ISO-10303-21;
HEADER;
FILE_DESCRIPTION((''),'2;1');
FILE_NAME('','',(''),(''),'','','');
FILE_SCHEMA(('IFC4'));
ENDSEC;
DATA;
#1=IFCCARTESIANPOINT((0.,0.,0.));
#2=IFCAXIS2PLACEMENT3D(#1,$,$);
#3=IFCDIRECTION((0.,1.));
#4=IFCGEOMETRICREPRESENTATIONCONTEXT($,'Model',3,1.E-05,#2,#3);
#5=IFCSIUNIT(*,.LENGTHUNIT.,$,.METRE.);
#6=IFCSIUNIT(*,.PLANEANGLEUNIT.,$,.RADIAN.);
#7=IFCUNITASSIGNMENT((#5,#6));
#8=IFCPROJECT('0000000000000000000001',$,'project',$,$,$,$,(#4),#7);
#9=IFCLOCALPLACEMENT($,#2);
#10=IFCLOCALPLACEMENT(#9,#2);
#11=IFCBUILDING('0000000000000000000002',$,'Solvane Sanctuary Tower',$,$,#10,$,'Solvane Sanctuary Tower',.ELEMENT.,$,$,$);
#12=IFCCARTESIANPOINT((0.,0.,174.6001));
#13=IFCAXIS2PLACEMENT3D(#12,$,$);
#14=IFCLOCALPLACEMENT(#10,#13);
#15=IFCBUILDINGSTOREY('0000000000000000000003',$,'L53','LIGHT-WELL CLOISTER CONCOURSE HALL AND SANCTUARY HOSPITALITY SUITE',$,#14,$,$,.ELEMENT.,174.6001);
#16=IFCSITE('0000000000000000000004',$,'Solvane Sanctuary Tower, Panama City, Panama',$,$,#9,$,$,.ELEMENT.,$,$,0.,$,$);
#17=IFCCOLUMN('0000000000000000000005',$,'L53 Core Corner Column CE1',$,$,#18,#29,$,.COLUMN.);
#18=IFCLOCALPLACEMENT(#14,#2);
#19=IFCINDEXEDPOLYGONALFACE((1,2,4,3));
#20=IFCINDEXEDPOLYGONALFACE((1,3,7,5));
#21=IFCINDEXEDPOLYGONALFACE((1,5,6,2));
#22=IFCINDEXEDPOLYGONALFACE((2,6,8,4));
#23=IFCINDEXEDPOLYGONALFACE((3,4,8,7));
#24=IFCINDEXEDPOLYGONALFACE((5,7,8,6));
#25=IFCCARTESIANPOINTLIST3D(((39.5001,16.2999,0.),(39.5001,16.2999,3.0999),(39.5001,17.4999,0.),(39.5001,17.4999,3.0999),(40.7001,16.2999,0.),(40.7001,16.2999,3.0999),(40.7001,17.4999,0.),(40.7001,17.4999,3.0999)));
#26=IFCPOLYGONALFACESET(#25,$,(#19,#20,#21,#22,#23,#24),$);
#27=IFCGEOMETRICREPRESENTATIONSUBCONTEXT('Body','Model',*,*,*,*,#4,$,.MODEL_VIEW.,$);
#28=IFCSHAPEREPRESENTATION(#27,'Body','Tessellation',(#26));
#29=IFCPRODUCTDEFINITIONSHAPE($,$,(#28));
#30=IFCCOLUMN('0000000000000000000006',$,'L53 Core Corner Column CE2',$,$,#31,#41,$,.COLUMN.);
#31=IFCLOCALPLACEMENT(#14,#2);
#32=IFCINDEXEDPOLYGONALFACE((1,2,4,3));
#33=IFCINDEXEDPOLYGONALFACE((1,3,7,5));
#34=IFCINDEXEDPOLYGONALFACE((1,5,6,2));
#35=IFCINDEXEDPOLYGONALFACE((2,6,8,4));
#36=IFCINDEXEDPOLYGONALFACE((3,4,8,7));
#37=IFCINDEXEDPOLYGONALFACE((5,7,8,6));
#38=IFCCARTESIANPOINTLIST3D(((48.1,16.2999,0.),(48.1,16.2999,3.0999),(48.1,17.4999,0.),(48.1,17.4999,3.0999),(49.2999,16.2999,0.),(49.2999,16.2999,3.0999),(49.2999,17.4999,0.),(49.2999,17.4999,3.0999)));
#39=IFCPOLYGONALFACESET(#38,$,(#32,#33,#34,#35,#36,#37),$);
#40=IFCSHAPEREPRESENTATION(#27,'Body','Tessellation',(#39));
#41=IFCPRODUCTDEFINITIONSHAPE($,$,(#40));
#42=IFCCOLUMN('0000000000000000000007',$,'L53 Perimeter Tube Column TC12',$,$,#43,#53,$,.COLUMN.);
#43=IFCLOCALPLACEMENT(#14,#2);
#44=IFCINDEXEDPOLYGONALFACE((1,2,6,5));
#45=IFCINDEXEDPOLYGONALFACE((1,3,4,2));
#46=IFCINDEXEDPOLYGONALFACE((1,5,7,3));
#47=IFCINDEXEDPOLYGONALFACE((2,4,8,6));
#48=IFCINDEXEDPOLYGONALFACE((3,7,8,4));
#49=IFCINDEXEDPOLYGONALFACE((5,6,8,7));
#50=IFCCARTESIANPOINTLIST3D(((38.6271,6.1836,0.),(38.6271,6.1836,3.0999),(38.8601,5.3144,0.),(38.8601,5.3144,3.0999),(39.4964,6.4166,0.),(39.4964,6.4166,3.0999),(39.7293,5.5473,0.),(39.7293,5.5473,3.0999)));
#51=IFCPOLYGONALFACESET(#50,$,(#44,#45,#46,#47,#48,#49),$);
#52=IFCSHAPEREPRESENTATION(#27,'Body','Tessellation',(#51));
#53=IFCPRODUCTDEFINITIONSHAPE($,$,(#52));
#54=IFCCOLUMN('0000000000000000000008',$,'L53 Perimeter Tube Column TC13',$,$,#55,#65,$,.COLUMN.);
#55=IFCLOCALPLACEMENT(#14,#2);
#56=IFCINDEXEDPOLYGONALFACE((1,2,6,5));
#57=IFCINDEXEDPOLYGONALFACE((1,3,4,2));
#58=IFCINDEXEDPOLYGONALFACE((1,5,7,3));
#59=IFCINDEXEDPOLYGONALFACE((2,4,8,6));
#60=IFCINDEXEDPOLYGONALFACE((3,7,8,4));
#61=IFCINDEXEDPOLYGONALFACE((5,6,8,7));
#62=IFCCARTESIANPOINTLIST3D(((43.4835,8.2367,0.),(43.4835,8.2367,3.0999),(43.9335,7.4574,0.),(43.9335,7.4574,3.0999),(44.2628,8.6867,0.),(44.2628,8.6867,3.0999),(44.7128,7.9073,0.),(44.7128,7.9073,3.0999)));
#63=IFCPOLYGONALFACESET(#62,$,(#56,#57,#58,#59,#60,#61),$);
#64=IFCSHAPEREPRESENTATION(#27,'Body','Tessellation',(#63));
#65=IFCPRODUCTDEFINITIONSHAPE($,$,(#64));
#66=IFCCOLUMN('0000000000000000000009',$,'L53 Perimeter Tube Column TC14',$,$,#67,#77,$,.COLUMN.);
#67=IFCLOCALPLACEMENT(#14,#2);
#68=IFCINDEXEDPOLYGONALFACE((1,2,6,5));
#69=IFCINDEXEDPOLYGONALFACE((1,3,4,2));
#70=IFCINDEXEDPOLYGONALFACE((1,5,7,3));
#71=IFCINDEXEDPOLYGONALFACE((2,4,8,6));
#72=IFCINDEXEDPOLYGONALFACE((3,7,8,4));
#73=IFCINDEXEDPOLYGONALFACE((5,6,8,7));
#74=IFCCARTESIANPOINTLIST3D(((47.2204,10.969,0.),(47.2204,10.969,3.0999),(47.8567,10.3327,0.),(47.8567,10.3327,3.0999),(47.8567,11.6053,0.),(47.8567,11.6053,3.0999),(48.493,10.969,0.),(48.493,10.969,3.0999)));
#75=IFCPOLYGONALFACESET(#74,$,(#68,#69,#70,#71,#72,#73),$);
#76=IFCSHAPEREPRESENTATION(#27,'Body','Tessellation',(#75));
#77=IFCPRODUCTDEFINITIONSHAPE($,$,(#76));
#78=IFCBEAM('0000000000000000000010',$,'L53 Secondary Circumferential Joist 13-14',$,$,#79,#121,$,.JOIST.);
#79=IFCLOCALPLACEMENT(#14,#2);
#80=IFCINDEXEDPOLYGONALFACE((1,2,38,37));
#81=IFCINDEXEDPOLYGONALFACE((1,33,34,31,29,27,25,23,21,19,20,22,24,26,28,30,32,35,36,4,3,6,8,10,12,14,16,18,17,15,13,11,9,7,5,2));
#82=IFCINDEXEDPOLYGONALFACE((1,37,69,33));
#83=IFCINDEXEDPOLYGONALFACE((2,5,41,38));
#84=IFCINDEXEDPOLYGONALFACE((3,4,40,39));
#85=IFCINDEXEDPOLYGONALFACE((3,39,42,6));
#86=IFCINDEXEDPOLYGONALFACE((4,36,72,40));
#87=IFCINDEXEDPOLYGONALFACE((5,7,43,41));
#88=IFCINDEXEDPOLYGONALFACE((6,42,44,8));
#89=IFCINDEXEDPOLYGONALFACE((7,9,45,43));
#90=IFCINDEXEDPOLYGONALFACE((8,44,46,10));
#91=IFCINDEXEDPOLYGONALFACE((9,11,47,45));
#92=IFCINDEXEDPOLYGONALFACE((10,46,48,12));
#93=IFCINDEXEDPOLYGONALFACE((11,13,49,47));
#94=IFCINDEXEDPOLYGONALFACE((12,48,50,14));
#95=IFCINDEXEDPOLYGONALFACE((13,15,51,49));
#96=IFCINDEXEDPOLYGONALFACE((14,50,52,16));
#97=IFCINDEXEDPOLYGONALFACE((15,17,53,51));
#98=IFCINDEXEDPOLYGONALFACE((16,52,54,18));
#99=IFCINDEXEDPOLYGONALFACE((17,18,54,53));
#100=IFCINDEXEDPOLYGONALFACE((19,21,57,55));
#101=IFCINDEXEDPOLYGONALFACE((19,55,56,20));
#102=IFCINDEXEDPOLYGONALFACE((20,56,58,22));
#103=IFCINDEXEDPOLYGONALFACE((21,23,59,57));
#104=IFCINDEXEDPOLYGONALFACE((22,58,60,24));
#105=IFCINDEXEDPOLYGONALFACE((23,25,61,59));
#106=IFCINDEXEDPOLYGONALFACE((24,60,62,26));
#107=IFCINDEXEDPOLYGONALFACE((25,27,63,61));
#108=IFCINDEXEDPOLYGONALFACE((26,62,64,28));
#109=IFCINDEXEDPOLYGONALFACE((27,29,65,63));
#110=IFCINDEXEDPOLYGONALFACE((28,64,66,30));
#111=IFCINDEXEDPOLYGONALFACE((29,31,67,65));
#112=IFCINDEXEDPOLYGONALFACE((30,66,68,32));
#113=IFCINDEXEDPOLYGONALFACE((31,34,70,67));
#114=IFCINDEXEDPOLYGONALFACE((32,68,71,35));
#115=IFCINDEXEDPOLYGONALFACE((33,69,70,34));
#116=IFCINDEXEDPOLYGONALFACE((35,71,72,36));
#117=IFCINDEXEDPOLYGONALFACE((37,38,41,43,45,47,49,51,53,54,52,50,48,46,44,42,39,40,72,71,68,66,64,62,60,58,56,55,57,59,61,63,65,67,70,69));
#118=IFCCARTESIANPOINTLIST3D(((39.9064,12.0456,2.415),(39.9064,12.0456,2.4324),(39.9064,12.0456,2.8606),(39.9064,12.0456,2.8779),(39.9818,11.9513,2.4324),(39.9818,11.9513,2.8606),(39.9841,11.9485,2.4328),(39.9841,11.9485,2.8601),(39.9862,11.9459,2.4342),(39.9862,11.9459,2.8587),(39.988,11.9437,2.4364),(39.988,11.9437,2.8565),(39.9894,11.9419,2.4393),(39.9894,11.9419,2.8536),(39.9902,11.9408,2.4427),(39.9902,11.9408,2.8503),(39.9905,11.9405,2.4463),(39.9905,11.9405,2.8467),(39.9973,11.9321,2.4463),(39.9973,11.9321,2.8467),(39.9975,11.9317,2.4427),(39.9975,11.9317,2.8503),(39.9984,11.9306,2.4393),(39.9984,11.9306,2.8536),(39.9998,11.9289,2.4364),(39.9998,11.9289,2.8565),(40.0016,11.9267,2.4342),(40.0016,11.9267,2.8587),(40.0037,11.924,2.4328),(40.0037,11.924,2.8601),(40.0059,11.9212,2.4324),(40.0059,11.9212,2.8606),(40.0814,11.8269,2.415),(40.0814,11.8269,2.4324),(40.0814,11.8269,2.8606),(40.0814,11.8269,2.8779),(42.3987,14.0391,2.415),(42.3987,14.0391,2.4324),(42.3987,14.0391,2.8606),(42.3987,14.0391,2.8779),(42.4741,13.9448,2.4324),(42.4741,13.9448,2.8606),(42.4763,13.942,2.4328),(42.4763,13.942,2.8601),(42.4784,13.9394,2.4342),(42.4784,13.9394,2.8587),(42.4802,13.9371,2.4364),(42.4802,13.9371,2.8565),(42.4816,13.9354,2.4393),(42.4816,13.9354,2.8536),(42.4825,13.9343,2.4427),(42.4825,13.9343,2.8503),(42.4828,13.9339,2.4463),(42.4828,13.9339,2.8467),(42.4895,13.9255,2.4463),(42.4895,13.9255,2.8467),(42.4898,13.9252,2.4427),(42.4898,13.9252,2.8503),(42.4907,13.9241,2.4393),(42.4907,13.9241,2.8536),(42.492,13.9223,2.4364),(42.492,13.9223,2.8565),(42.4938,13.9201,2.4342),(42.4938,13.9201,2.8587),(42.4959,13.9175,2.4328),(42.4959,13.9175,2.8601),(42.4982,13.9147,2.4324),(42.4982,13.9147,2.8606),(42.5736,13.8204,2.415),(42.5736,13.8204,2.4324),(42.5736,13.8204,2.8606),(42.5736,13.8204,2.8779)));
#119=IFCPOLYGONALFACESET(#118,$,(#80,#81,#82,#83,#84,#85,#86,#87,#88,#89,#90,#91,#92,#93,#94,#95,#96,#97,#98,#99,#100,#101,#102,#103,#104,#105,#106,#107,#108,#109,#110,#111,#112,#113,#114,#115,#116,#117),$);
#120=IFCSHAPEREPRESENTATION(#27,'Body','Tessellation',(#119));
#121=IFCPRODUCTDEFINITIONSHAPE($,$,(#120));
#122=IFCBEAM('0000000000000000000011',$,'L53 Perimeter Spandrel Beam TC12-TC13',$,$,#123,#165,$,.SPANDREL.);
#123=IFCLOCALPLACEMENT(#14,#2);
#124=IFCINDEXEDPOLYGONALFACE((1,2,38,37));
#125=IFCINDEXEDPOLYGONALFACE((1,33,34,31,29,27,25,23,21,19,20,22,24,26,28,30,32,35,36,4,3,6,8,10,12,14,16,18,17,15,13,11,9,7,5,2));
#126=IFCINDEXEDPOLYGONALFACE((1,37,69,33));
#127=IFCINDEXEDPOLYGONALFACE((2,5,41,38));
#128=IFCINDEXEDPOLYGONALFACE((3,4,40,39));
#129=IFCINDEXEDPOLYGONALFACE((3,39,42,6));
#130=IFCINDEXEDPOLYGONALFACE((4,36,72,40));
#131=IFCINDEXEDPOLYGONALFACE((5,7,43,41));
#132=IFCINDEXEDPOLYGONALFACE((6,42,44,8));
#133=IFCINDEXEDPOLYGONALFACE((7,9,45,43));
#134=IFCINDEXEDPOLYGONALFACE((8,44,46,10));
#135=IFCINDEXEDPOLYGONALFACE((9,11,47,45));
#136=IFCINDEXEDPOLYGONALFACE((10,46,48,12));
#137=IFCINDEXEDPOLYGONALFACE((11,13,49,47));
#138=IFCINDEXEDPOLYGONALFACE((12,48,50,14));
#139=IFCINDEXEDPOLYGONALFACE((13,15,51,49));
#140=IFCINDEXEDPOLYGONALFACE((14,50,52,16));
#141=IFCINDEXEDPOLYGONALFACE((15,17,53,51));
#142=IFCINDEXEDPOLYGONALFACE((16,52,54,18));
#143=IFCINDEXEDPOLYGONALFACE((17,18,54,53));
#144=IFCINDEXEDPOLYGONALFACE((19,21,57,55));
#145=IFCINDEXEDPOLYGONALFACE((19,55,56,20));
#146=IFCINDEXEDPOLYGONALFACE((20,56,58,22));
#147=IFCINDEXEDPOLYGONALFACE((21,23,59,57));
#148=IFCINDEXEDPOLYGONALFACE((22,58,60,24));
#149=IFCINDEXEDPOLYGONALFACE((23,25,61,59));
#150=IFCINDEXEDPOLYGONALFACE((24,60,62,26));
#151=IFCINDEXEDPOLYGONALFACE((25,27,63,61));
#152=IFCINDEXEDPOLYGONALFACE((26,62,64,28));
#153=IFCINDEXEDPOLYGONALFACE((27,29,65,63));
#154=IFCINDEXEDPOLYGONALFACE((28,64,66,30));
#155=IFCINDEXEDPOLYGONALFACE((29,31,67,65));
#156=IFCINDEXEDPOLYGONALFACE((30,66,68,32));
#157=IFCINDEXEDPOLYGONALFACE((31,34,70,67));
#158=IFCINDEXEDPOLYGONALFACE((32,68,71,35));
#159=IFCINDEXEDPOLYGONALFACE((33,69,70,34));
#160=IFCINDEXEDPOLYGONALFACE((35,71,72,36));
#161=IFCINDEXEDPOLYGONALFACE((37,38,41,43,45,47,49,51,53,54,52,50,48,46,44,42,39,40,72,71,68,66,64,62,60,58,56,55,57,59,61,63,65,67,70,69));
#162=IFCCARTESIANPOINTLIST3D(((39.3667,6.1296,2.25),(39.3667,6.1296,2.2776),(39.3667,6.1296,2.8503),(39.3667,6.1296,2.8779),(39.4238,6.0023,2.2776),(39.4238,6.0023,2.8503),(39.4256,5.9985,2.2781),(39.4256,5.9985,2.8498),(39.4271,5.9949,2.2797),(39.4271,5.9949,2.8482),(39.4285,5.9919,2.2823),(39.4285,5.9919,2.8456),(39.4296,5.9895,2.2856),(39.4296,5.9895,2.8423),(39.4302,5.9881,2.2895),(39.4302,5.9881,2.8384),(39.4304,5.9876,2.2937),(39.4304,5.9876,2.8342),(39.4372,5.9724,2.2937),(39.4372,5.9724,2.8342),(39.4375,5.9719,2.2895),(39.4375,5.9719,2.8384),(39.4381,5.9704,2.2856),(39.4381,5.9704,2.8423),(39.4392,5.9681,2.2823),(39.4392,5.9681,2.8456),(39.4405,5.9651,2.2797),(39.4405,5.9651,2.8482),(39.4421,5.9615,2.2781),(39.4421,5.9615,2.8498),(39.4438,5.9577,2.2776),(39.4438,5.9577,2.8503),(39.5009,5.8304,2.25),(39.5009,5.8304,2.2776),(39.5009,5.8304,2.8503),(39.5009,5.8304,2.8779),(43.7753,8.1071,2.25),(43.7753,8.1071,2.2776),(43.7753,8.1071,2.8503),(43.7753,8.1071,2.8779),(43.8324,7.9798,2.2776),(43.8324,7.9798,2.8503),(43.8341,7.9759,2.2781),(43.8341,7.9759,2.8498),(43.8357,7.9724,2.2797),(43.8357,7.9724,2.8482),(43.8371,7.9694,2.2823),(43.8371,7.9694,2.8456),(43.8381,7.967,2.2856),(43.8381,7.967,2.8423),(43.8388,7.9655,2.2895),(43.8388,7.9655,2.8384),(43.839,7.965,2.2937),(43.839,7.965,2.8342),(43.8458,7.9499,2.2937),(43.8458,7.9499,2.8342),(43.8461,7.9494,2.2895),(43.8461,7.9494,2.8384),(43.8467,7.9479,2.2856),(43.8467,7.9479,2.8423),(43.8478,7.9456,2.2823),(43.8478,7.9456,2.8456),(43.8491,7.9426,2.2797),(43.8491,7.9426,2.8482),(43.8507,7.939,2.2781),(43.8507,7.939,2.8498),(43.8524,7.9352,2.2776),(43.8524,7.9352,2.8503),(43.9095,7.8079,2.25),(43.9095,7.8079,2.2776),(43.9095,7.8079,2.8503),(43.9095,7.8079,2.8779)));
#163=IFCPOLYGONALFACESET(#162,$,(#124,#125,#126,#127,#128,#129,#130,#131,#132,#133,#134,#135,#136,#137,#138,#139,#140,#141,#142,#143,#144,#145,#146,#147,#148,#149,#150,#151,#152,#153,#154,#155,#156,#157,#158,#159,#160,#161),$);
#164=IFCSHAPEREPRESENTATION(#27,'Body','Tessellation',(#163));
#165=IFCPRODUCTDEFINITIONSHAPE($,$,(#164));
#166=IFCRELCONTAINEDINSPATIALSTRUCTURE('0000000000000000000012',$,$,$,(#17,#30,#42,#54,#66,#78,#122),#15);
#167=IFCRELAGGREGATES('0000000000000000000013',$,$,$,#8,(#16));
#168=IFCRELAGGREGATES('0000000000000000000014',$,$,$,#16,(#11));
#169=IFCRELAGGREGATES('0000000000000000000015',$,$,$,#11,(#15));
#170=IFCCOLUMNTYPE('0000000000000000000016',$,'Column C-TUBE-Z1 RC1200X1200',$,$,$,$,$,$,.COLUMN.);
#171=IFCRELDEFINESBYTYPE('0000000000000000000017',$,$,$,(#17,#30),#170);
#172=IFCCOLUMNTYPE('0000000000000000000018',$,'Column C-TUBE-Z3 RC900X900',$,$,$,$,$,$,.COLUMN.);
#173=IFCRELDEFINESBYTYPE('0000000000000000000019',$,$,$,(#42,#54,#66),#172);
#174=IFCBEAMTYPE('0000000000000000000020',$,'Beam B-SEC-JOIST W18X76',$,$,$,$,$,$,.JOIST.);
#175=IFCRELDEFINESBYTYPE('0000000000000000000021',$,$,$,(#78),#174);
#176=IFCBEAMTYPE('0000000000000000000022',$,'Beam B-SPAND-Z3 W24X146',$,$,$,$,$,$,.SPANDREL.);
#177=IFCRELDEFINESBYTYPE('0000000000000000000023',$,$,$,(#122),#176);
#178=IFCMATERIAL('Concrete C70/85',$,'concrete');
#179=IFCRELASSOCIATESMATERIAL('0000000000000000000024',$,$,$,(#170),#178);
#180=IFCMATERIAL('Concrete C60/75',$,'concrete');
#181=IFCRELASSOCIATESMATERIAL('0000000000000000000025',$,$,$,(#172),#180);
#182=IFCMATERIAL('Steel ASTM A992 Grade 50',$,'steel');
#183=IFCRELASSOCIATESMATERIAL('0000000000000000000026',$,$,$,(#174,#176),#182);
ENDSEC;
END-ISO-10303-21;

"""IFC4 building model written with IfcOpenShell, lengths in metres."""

from ifc_helpers import new_model, si_unit, direction, frame, origin, origin_2d, place, context, subcontext, project, spatial, rectangle, i_section, extrude, material, material_profile, profile_set, type_object, element, save


model = new_model("IFC4")

# Units and contexts
model_context = context("Model", 3, precision=1e-05, world=origin(), true_north=direction((0.0, 1.0)))
body_context = subcontext(model_context, "Body", "Model", "MODEL_VIEW")
ifc_project = project(units=[si_unit("LENGTHUNIT", "METRE"), si_unit("PLANEANGLEUNIT", "RADIAN")], contexts=[model_context])

# Site, building, storey
site_placement = place(None, origin())
site = spatial("IfcSite", under=ifc_project, at=site_placement, Name="Solvane Sanctuary Tower, Panama City, Panama", CompositionType="ELEMENT", RefElevation=0.0)
building_placement = place(site_placement, origin())
building = spatial("IfcBuilding", under=site, at=building_placement, Name="Solvane Sanctuary Tower", LongName="Solvane Sanctuary Tower", CompositionType="ELEMENT")
storey_placement = place(building_placement, frame((0.0, 0.0, 174.6001)))
storey = spatial("IfcBuildingStorey", under=building, at=storey_placement, Name="L53", Description="LIGHT-WELL CLOISTER CONCOURSE HALL AND SANCTUARY HOSPITALITY SUITE", CompositionType="ELEMENT", Elevation=174.6001)

# Columns
ifc_material_1 = material(Name="Concrete C70/85", Category="concrete")
ifc_material_profile_1 = material_profile(ifc_material_1, rectangle(XDim=1.2, YDim=1.2, at=origin_2d()), Name="RC1200X1200")
ifc_profile_set_1 = profile_set([ifc_material_profile_1], Name="Concrete C70/85")
column_type_1 = type_object("IfcColumnType", Name="Column C-TUBE-Z1 RC1200X1200", PredefinedType="COLUMN", material=ifc_profile_set_1)
for number, where, z_axis, x_axis, name in (
    (1, (40.1001, 16.8999, 0.0), (0.0, 0.0, 1.0), (1.0, 0.0, 0.0), "L53 Core Corner Column CE1"),
    (2, (48.7, 16.8999, 0.0), (0.0, 0.0, 1.0), (1.0, 0.0, 0.0), "L53 Core Corner Column CE2"),
):
    element("IfcColumn", number, at=place(storey_placement, frame(where, z_axis=z_axis, x_axis=x_axis)), inside=storey, type_object=column_type_1, Name=name, PredefinedType="COLUMN", context=body_context, shape_type="SweptSolid", body=[
        extrude(rectangle(XDim=1.2, YDim=1.2, at=origin_2d()), origin(), (0.0, 0.0, 1.0), 3.0999),
    ])
ifc_material_2 = material(Name="Concrete C60/75", Category="concrete")
ifc_material_profile_2 = material_profile(ifc_material_2, rectangle(XDim=0.8999, YDim=0.8999, at=origin_2d()), Name="RC900X900")
ifc_profile_set_2 = profile_set([ifc_material_profile_2], Name="Concrete C60/75")
column_type_2 = type_object("IfcColumnType", Name="Column C-TUBE-Z3 RC900X900", PredefinedType="COLUMN", material=ifc_profile_set_2)
for number, where, z_axis, x_axis, name in (
    (3, (39.1782, 5.8655, 0.0), (0.0, 0.0, 1.0), (0.258819, -0.965926, 0.0), "L53 Perimeter Tube Column TC12"),
    (4, (44.0981, 8.072, 0.0), (0.0, 0.0, 1.0), (0.5, -0.866025, 0.0), "L53 Perimeter Tube Column TC13"),
    (5, (47.8567, 10.969, 0.0), (0.0, 0.0, 1.0), (0.707107, -0.707107, 0.0), "L53 Perimeter Tube Column TC14"),
):
    element("IfcColumn", number, at=place(storey_placement, frame(where, z_axis=z_axis, x_axis=x_axis)), inside=storey, type_object=column_type_2, Name=name, PredefinedType="COLUMN", context=body_context, shape_type="SweptSolid", body=[
        extrude(rectangle(XDim=0.8999, YDim=0.8999, at=origin_2d()), origin(), (0.0, 0.0, 1.0), 3.0999),
    ])

# Beams
ifc_material_3 = material(Name="Steel ASTM A992 Grade 50", Category="steel")
ifc_material_profile_3 = material_profile(ifc_material_3, i_section(OverallWidth=0.28, OverallDepth=0.4629, WebThickness=0.0107, FlangeThickness=0.0173, FilletRadius=0.0139, at=origin_2d()), Name="W18X76")
ifc_profile_set_3 = profile_set([ifc_material_profile_3], Name="Steel ASTM A992 Grade 50")
beam_type_1 = type_object("IfcBeamType", Name="Beam B-SEC-JOIST W18X76", PredefinedType="JOIST", material=ifc_profile_set_3)
beam_1_placement = place(storey_placement, frame((39.9939, 11.9363, 2.6465), z_axis=(0.780921, 0.62463, 0.0), x_axis=(-0.62463, 0.780921, 0.0)))
element("IfcBeam", 6, at=beam_1_placement, inside=storey, type_object=beam_type_1, Name="L53 Secondary Circumferential Joist 13-14", PredefinedType="JOIST", context=body_context, shape_type="SweptSolid", body=[
    extrude(i_section(OverallWidth=0.28, OverallDepth=0.4629, WebThickness=0.0107, FlangeThickness=0.0173, FilletRadius=0.0139, at=origin_2d()), origin(), (0.0, 0.0, 1.0), 3.1914),
])
ifc_material_profile_4 = material_profile(ifc_material_3, i_section(OverallWidth=0.3279, OverallDepth=0.6279, WebThickness=0.0166, FlangeThickness=0.0276, FilletRadius=0.0161, at=origin_2d()), Name="W24X146")
ifc_profile_set_4 = profile_set([ifc_material_profile_4], Name="Steel ASTM A992 Grade 50")
beam_type_2 = type_object("IfcBeamType", Name="Beam B-SPAND-Z3 W24X146", PredefinedType="SPANDREL", material=ifc_profile_set_4)
beam_2_placement = place(storey_placement, frame((39.4338, 5.98, 2.564), z_axis=(0.912414, 0.409268, 0.0), x_axis=(-0.409268, 0.912414, 0.0)))
element("IfcBeam", 7, at=beam_2_placement, inside=storey, type_object=beam_type_2, Name="L53 Perimeter Spandrel Beam TC12-TC13", PredefinedType="SPANDREL", context=body_context, shape_type="SweptSolid", body=[
    extrude(i_section(OverallWidth=0.3279, OverallDepth=0.6279, WebThickness=0.0166, FlangeThickness=0.0276, FilletRadius=0.0161, at=origin_2d()), origin(), (0.0, 0.0, 1.0), 4.8318),
])

save(model, "model.ifc")
